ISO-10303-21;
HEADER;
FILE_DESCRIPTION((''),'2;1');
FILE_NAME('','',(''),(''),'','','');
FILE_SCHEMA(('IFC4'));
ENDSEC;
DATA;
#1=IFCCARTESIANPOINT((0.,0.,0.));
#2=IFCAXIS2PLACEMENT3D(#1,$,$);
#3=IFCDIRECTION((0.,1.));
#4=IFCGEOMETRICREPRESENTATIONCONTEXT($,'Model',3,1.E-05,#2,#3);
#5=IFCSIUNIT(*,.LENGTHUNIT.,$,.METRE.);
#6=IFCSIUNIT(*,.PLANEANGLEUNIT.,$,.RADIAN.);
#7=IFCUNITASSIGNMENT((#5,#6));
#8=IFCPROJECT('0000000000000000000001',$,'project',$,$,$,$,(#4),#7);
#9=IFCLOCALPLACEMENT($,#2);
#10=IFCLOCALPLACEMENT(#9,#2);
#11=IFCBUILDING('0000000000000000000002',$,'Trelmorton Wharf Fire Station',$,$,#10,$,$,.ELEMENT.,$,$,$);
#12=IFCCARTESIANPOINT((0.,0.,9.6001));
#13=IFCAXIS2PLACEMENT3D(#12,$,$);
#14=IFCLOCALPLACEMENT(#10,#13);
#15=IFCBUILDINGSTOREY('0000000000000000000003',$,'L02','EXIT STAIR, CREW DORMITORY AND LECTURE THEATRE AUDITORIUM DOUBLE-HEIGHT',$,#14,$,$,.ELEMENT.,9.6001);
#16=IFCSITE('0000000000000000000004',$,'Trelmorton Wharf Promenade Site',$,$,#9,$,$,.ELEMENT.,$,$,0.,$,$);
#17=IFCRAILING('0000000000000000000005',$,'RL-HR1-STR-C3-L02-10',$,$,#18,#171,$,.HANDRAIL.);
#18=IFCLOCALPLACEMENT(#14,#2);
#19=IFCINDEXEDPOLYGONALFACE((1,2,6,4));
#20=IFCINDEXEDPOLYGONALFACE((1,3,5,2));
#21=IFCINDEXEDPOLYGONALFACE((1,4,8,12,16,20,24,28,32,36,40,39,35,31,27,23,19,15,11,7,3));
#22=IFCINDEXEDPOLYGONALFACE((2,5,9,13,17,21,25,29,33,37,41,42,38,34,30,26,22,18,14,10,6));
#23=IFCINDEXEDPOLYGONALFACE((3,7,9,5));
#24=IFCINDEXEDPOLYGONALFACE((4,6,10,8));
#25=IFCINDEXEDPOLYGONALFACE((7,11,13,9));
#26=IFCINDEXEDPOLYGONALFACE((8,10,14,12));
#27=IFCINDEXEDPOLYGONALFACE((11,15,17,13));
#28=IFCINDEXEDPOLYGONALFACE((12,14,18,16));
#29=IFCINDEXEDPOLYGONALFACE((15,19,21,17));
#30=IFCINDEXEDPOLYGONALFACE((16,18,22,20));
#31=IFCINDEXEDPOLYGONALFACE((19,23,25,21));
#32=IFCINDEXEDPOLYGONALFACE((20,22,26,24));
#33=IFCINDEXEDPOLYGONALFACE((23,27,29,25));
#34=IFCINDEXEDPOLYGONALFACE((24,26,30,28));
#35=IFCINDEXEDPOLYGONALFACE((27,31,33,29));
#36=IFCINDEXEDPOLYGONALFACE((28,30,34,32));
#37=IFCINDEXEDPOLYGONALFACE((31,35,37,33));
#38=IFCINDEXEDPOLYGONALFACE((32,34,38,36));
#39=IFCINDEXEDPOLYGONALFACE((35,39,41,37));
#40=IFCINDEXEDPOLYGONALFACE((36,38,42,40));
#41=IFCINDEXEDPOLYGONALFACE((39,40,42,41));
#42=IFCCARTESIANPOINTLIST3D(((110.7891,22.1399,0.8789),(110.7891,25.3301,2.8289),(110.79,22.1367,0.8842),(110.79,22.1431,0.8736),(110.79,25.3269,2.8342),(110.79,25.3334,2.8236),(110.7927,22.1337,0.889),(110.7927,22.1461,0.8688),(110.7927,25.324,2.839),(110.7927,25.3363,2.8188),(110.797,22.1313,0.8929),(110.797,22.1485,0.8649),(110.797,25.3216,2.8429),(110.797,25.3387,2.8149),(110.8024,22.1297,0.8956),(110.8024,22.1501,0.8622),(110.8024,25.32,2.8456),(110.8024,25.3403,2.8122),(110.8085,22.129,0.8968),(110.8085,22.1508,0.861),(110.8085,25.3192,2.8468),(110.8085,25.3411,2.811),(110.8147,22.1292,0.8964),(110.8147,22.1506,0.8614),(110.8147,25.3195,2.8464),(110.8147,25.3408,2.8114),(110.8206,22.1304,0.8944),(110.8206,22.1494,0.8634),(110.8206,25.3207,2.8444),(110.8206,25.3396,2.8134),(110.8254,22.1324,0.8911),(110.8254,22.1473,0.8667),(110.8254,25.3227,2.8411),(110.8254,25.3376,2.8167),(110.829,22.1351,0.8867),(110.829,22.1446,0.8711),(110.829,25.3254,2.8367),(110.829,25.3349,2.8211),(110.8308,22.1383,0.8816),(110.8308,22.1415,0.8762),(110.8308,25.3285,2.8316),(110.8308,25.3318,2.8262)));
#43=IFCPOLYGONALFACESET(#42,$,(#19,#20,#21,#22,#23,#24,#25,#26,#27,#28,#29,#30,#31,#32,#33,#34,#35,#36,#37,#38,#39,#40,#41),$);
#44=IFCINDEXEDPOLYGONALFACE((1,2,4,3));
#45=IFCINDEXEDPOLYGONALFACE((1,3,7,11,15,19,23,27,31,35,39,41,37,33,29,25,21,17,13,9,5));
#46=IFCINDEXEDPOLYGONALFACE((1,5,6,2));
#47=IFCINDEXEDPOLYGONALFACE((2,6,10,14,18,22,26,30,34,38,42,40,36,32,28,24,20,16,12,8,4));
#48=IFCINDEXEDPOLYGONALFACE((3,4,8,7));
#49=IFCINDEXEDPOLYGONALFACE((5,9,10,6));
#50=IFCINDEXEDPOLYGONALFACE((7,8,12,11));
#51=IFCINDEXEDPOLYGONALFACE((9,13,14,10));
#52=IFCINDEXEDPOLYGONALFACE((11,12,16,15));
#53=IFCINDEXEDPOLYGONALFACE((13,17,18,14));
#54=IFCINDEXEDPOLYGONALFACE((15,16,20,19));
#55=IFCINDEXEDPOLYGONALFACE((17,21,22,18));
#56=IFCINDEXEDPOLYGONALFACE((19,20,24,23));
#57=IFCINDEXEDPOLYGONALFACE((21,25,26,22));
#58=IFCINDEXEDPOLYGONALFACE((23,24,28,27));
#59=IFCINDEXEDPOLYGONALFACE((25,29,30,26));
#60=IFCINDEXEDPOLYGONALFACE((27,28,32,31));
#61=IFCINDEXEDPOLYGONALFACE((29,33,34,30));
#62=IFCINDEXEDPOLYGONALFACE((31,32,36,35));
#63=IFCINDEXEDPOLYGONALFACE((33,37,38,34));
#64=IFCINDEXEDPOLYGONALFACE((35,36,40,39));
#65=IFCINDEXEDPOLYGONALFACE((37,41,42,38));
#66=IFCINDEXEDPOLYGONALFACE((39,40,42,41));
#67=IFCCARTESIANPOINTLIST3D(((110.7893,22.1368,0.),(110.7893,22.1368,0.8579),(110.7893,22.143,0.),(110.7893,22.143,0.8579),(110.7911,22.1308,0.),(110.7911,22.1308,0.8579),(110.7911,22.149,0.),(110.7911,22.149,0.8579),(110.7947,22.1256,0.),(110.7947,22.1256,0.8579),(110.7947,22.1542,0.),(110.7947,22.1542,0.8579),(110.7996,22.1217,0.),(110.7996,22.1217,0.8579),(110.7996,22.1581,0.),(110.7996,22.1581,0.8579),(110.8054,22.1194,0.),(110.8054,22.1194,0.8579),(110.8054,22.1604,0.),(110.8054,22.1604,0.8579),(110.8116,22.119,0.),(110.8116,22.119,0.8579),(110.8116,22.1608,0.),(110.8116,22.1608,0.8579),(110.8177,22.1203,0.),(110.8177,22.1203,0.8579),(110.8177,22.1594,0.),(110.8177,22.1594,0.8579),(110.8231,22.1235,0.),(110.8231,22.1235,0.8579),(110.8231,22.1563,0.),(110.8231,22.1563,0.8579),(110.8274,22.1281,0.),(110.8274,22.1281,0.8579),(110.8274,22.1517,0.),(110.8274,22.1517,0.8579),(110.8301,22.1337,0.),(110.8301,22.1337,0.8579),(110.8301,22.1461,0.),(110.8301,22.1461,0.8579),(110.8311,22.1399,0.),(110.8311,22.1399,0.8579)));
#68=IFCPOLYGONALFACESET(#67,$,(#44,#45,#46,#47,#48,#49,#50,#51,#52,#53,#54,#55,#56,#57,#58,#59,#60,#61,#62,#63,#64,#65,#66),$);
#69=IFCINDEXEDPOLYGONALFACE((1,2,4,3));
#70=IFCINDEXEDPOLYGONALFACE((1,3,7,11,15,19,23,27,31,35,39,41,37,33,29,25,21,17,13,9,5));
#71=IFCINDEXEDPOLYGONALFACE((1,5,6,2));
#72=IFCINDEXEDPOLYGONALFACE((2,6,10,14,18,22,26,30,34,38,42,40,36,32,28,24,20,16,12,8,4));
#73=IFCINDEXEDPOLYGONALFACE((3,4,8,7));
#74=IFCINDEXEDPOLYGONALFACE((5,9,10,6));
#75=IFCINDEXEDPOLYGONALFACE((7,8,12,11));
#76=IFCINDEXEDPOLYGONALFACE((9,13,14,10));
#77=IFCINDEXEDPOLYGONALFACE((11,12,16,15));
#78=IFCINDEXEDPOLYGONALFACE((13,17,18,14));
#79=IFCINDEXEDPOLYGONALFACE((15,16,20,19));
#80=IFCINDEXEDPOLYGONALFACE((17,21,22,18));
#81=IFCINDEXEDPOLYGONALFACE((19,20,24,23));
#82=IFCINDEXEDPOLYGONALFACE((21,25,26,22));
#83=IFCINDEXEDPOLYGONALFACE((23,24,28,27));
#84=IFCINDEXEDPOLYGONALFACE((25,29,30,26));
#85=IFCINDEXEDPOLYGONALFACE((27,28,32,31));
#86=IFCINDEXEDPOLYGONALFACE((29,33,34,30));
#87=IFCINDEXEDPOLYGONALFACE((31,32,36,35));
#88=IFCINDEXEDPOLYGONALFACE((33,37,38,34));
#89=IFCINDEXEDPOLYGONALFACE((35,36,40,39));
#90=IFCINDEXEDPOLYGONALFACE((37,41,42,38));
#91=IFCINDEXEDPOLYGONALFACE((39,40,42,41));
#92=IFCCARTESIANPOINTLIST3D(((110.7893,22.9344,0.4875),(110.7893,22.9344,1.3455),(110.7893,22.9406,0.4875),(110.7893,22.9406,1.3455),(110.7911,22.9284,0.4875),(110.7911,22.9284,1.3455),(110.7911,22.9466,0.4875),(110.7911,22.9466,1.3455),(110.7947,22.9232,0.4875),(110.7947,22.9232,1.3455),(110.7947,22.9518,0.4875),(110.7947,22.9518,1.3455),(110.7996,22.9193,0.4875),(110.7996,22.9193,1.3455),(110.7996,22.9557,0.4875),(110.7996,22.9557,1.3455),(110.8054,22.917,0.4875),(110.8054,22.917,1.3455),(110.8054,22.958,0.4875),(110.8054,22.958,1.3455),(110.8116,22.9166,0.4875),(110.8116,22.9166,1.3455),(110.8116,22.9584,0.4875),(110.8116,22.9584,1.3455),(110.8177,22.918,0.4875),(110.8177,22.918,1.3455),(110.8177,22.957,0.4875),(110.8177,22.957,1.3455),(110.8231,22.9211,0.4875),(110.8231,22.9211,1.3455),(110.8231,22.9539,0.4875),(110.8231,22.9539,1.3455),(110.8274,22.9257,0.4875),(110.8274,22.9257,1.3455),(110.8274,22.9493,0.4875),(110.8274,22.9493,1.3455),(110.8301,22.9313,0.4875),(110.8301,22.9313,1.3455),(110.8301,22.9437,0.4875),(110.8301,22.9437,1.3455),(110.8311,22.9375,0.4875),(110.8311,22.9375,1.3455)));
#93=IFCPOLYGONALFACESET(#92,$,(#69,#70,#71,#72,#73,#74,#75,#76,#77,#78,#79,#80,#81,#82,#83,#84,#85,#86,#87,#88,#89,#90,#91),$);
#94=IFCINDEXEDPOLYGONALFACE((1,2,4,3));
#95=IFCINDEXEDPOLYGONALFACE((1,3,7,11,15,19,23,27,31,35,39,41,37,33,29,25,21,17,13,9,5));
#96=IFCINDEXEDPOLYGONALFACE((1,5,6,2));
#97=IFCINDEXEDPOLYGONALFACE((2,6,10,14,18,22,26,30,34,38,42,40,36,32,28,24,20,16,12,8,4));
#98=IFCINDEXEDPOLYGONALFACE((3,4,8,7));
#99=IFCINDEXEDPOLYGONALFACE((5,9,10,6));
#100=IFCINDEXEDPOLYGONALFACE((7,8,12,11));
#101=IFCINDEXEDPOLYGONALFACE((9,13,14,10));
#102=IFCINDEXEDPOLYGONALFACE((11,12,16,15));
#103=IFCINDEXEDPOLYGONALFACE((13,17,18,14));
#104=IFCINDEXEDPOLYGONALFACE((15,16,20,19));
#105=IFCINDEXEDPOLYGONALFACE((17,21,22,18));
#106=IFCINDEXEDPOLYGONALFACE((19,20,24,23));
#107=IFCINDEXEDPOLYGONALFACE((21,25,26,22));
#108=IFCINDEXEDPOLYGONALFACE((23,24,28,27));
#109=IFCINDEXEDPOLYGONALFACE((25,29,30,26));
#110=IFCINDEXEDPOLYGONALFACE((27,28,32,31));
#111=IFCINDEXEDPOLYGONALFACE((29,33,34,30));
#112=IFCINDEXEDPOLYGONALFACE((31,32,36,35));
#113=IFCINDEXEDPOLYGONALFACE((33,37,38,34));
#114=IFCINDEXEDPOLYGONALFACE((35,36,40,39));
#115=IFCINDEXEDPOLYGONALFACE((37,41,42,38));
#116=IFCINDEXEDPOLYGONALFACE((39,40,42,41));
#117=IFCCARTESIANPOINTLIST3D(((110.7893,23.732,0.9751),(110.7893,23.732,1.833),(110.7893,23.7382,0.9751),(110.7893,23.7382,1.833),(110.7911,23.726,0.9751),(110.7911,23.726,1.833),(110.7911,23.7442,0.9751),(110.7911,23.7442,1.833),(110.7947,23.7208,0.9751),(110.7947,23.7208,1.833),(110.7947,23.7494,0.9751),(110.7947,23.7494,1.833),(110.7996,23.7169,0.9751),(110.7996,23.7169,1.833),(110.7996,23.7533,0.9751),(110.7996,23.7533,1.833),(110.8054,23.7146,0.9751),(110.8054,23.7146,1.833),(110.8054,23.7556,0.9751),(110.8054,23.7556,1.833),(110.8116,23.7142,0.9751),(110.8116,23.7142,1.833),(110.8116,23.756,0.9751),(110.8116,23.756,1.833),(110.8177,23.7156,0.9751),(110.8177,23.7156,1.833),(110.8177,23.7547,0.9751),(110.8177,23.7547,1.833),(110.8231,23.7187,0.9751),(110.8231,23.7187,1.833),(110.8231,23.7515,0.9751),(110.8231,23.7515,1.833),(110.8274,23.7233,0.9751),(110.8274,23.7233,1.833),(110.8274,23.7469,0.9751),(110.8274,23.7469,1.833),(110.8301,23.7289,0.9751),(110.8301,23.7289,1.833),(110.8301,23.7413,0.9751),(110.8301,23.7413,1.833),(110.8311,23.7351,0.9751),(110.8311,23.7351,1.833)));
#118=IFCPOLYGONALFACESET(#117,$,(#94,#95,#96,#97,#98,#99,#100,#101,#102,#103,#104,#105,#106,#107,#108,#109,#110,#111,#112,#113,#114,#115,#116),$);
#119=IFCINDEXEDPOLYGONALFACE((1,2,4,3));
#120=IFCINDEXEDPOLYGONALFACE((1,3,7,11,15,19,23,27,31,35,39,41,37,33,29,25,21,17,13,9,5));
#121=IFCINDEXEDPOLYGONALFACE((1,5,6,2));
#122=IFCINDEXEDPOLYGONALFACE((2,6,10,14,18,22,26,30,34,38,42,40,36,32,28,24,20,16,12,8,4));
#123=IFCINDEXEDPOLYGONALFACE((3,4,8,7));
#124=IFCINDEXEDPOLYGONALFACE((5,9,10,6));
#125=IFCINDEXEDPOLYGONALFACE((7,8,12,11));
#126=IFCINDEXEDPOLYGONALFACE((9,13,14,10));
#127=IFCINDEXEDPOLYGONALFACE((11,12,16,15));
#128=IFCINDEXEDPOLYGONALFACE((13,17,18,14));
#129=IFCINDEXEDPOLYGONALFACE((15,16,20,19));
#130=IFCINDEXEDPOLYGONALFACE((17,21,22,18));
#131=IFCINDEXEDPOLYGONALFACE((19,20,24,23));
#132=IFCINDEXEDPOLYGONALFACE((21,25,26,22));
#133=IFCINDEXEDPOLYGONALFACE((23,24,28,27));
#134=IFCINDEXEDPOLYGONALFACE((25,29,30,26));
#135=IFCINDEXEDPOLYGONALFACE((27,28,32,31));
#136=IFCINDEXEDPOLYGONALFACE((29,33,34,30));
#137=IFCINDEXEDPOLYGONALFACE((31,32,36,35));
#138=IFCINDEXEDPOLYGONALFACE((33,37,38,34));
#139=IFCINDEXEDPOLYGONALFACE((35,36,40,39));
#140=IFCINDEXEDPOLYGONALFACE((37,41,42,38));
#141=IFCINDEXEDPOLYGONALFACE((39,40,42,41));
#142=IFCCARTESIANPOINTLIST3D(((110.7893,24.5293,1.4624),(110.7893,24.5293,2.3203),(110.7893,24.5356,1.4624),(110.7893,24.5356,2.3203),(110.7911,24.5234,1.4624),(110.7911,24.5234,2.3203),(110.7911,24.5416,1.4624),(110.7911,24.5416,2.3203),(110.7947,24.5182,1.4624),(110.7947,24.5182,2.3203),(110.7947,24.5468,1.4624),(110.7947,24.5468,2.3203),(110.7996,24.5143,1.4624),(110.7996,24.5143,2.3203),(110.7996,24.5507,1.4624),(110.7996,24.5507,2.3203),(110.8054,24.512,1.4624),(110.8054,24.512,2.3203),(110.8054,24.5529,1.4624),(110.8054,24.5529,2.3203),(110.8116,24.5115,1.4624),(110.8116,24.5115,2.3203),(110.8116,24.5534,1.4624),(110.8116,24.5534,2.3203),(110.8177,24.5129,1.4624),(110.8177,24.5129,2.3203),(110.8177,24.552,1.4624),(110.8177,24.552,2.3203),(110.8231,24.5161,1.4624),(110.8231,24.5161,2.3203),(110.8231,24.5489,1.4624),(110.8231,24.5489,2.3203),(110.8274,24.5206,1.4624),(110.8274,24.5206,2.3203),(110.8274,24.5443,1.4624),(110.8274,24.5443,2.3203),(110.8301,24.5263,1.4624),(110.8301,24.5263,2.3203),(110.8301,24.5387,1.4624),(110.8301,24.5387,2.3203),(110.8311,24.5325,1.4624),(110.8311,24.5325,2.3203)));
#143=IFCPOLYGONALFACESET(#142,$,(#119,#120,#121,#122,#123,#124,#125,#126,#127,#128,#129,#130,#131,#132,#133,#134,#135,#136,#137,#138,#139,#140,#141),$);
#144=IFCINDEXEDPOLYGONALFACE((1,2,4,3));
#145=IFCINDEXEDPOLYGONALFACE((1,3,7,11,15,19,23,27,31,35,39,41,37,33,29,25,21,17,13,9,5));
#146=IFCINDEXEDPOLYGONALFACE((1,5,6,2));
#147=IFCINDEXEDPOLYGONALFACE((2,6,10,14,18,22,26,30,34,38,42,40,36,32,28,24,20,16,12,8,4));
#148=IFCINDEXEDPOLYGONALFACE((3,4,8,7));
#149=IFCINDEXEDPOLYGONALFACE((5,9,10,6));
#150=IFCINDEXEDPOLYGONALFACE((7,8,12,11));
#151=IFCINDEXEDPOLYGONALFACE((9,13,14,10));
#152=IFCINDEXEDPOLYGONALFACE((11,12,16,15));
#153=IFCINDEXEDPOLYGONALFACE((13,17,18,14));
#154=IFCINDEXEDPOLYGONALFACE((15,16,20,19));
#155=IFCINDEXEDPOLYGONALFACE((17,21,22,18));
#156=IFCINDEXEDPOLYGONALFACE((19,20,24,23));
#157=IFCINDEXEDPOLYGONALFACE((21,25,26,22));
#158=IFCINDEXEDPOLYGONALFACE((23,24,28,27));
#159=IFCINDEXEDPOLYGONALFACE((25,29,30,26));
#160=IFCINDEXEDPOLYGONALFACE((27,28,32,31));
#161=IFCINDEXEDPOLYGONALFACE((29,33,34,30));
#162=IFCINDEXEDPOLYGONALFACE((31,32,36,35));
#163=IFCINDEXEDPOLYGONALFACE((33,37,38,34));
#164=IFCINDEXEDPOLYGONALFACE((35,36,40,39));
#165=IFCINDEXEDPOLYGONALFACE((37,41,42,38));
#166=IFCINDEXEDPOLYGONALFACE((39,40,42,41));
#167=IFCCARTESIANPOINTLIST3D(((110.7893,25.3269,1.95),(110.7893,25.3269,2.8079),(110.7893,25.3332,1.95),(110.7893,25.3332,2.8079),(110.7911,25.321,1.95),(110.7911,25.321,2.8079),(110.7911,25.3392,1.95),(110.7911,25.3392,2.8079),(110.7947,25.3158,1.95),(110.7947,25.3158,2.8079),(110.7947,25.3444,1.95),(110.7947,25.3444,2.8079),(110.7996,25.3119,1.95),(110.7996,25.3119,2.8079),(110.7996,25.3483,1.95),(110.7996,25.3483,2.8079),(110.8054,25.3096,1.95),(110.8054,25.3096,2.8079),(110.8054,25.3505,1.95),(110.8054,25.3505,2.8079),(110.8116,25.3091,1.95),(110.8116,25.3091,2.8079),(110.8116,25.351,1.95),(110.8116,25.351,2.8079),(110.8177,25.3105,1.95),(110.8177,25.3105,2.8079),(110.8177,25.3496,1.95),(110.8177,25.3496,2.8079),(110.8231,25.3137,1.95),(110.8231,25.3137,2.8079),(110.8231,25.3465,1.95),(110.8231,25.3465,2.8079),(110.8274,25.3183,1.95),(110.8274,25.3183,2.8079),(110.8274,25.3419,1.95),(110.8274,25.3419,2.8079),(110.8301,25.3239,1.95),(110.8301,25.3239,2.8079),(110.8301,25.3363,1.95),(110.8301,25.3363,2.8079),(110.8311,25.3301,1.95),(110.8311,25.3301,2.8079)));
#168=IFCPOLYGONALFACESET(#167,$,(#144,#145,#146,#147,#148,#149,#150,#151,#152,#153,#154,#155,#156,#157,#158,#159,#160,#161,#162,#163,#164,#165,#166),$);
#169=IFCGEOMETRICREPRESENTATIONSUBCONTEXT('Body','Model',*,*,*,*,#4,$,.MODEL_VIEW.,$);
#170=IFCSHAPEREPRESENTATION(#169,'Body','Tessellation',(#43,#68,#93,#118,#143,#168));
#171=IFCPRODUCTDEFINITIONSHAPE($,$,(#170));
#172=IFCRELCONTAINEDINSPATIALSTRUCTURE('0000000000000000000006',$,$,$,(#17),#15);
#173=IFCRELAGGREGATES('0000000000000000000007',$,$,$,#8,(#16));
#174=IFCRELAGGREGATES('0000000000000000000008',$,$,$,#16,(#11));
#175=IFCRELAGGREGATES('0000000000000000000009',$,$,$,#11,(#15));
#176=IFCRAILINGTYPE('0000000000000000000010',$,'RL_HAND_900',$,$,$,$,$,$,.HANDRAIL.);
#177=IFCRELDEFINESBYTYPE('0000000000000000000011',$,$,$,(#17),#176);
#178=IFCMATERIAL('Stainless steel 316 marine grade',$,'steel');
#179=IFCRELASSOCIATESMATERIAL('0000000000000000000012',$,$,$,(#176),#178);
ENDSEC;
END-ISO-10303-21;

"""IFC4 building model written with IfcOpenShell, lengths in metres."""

from ifc_helpers import new_model, si_unit, direction, frame, origin, origin_2d, place, context, subcontext, project, spatial, circle, extrude, material, type_object, element, save


model = new_model("IFC4")

# Units and contexts
model_context = context("Model", 3, precision=1e-05, world=origin(), true_north=direction((0.0, 1.0)))
body_context = subcontext(model_context, "Body", "Model", "MODEL_VIEW")
ifc_project = project(units=[si_unit("LENGTHUNIT", "METRE"), si_unit("PLANEANGLEUNIT", "RADIAN")], contexts=[model_context])

# Site, building, storey
site_placement = place(None, origin())
site = spatial("IfcSite", under=ifc_project, at=site_placement, Name="Trelmorton Wharf Promenade Site", CompositionType="ELEMENT", RefElevation=0.0)
building_placement = place(site_placement, origin())
building = spatial("IfcBuilding", under=site, at=building_placement, Name="Trelmorton Wharf Fire Station", CompositionType="ELEMENT")
storey_placement = place(building_placement, frame((0.0, 0.0, 9.6001)))
storey = spatial("IfcBuildingStorey", under=building, at=storey_placement, Name="L02", Description="EXIT STAIR, CREW DORMITORY AND LECTURE THEATRE AUDITORIUM DOUBLE-HEIGHT", CompositionType="ELEMENT", Elevation=9.6001)

# Shared definitions
ifc_material_1 = material(Name="Stainless steel 316 marine grade", Category="steel")

# Railing
railing_type = type_object("IfcRailingType", Name="RL_HAND_900", PredefinedType="HANDRAIL", material=ifc_material_1)
railing_placement = place(storey_placement, frame((110.8101, 22.1399, 0.0)))
element("IfcRailing", 1, at=railing_placement, inside=storey, type_object=railing_type, Name="RL-HR1-STR-C3-L02-10", PredefinedType="HANDRAIL", context=body_context, shape_type="SweptSolid", body=[
    extrude(circle(Radius=0.021, at=origin_2d()), frame((0.0, 0.0, 0.8789), z_axis=(0.0, 0.853235, 0.521527), x_axis=(-1.0, 0.0, 0.0)), (0.0, 0.0, 1.0), 3.739),
    extrude(circle(Radius=0.021, at=origin_2d()), origin(), (0.0, 0.0, 1.0), 0.8579),
    extrude(circle(Radius=0.021, at=origin_2d()), frame((0.0, 0.7976, 0.4875)), (0.0, 0.0, 1.0), 0.8579),
    extrude(circle(Radius=0.021, at=origin_2d()), frame((0.0, 1.5952, 0.9751)), (0.0, 0.0, 1.0), 0.8579),
    extrude(circle(Radius=0.021, at=origin_2d()), frame((0.0, 2.3926, 1.4624)), (0.0, 0.0, 1.0), 0.8579),
    extrude(circle(Radius=0.021, at=origin_2d()), frame((0.0, 3.1902, 1.95)), (0.0, 0.0, 1.0), 0.8579),
])

save(model, "model.ifc")
